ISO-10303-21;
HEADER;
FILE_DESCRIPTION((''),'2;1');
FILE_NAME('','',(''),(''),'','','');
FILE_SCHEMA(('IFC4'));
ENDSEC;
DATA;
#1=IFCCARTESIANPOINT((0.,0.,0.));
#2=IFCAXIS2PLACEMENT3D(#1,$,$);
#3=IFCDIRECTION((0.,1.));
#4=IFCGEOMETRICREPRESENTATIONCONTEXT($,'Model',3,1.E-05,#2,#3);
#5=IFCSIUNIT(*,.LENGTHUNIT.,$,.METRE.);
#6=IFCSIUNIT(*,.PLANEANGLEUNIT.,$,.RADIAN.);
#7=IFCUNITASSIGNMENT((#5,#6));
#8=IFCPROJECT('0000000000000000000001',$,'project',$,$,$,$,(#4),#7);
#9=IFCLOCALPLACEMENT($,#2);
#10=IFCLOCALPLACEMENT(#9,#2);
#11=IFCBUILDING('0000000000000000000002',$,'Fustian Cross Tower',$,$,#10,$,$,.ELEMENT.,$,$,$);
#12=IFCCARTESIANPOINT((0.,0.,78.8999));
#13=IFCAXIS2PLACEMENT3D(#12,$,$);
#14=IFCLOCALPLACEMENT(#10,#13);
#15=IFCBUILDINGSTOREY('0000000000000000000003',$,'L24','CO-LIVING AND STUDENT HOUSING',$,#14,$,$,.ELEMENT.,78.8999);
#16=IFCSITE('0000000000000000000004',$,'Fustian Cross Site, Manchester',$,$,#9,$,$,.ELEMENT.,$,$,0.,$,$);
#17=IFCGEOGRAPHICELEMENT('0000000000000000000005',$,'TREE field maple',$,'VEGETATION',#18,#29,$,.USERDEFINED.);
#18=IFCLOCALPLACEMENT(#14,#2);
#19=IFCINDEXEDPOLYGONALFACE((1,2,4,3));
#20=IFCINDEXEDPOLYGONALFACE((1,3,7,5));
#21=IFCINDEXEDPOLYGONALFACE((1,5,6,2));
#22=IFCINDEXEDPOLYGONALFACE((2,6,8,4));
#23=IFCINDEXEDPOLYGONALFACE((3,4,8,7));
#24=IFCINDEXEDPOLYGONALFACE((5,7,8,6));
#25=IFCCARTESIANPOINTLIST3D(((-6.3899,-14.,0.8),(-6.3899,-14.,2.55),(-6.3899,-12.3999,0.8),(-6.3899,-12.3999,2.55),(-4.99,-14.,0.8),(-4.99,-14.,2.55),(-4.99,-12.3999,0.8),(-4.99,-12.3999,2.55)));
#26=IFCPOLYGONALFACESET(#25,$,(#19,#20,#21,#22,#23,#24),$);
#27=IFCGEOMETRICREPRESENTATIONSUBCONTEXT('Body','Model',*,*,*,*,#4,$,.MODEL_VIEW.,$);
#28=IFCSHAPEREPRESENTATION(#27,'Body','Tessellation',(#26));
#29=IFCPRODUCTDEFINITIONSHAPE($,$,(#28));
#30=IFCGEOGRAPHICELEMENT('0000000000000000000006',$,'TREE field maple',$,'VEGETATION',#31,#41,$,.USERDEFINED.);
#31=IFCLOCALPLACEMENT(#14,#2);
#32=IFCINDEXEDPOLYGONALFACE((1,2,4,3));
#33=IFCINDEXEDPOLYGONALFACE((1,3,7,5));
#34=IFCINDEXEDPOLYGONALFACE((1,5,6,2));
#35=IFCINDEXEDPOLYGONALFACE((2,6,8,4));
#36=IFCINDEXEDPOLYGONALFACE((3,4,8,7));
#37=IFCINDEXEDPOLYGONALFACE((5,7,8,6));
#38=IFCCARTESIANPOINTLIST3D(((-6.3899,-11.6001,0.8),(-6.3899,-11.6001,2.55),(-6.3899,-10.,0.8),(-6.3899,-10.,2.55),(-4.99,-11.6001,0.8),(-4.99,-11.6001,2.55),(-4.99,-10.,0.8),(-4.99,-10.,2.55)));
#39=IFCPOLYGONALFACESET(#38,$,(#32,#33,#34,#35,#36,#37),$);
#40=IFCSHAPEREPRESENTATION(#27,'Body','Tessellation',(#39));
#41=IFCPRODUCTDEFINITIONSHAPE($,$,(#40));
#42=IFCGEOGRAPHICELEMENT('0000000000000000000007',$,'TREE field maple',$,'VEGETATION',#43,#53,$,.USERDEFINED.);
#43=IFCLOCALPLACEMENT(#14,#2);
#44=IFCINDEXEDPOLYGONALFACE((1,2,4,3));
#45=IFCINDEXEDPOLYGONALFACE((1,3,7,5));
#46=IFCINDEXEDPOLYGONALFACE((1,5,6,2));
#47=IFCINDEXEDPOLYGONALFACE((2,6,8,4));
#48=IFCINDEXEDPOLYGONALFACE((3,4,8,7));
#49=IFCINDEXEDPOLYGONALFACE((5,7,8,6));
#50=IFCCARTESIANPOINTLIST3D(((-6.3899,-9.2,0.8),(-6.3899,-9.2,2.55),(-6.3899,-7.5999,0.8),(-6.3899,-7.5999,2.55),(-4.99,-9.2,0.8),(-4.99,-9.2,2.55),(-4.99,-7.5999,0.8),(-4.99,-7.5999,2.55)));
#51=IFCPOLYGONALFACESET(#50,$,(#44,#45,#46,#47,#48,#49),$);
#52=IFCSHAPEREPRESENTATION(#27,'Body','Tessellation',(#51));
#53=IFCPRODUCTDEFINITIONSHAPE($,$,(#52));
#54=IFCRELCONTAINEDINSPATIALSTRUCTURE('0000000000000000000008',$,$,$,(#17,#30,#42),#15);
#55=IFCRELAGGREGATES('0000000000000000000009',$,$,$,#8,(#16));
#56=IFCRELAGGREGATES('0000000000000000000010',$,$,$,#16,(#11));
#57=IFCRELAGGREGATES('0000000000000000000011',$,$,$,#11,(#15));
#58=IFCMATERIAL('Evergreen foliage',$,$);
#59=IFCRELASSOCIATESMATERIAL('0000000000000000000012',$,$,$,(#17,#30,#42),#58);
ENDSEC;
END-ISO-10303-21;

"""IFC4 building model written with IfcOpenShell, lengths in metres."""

from ifc_helpers import new_model, si_unit, direction, frame, origin, origin_2d, place, context, subcontext, project, spatial, rectangle, extrude, material, element, save


model = new_model("IFC4")

# Units and contexts
model_context = context("Model", 3, precision=1e-05, world=origin(), true_north=direction((0.0, 1.0)))
body_context = subcontext(model_context, "Body", "Model", "MODEL_VIEW")
ifc_project = project(units=[si_unit("LENGTHUNIT", "METRE"), si_unit("PLANEANGLEUNIT", "RADIAN")], contexts=[model_context])

# Site, building, storey
site_placement = place(None, origin())
site = spatial("IfcSite", under=ifc_project, at=site_placement, Name="Fustian Cross Site, Manchester", CompositionType="ELEMENT", RefElevation=0.0)
building_placement = place(site_placement, origin())
building = spatial("IfcBuilding", under=site, at=building_placement, Name="Fustian Cross Tower", CompositionType="ELEMENT")
storey_placement = place(building_placement, frame((0.0, 0.0, 78.8999)))
storey = spatial("IfcBuildingStorey", under=building, at=storey_placement, Name="L24", Description="CO-LIVING AND STUDENT HOUSING", CompositionType="ELEMENT", Elevation=78.8999)

# Geographic elements
ifc_material_1 = material(Name="Evergreen foliage")
for number, where, z_axis, x_axis, name in (
    (1, (-5.6899, -13.2, 0.8), (0.0, 0.0, 1.0), (1.0, 0.0, 0.0), "TREE field maple"),
    (2, (-5.6899, -10.8, 0.8), (0.0, 0.0, 1.0), (1.0, 0.0, 0.0), "TREE field maple"),
    (3, (-5.6899, -8.3999, 0.8), (0.0, 0.0, 1.0), (1.0, 0.0, 0.0), "TREE field maple"),
):
    element("IfcGeographicElement", number, at=place(storey_placement, frame(where, z_axis=z_axis, x_axis=x_axis)), inside=storey, material=ifc_material_1, Name=name, ObjectType="VEGETATION", PredefinedType="USERDEFINED", context=body_context, shape_type="SweptSolid", body=[
        extrude(rectangle(XDim=1.3999, YDim=1.6001, at=origin_2d()), origin(), (0.0, 0.0, 1.0), 1.75),
    ])

save(model, "model.ifc")
